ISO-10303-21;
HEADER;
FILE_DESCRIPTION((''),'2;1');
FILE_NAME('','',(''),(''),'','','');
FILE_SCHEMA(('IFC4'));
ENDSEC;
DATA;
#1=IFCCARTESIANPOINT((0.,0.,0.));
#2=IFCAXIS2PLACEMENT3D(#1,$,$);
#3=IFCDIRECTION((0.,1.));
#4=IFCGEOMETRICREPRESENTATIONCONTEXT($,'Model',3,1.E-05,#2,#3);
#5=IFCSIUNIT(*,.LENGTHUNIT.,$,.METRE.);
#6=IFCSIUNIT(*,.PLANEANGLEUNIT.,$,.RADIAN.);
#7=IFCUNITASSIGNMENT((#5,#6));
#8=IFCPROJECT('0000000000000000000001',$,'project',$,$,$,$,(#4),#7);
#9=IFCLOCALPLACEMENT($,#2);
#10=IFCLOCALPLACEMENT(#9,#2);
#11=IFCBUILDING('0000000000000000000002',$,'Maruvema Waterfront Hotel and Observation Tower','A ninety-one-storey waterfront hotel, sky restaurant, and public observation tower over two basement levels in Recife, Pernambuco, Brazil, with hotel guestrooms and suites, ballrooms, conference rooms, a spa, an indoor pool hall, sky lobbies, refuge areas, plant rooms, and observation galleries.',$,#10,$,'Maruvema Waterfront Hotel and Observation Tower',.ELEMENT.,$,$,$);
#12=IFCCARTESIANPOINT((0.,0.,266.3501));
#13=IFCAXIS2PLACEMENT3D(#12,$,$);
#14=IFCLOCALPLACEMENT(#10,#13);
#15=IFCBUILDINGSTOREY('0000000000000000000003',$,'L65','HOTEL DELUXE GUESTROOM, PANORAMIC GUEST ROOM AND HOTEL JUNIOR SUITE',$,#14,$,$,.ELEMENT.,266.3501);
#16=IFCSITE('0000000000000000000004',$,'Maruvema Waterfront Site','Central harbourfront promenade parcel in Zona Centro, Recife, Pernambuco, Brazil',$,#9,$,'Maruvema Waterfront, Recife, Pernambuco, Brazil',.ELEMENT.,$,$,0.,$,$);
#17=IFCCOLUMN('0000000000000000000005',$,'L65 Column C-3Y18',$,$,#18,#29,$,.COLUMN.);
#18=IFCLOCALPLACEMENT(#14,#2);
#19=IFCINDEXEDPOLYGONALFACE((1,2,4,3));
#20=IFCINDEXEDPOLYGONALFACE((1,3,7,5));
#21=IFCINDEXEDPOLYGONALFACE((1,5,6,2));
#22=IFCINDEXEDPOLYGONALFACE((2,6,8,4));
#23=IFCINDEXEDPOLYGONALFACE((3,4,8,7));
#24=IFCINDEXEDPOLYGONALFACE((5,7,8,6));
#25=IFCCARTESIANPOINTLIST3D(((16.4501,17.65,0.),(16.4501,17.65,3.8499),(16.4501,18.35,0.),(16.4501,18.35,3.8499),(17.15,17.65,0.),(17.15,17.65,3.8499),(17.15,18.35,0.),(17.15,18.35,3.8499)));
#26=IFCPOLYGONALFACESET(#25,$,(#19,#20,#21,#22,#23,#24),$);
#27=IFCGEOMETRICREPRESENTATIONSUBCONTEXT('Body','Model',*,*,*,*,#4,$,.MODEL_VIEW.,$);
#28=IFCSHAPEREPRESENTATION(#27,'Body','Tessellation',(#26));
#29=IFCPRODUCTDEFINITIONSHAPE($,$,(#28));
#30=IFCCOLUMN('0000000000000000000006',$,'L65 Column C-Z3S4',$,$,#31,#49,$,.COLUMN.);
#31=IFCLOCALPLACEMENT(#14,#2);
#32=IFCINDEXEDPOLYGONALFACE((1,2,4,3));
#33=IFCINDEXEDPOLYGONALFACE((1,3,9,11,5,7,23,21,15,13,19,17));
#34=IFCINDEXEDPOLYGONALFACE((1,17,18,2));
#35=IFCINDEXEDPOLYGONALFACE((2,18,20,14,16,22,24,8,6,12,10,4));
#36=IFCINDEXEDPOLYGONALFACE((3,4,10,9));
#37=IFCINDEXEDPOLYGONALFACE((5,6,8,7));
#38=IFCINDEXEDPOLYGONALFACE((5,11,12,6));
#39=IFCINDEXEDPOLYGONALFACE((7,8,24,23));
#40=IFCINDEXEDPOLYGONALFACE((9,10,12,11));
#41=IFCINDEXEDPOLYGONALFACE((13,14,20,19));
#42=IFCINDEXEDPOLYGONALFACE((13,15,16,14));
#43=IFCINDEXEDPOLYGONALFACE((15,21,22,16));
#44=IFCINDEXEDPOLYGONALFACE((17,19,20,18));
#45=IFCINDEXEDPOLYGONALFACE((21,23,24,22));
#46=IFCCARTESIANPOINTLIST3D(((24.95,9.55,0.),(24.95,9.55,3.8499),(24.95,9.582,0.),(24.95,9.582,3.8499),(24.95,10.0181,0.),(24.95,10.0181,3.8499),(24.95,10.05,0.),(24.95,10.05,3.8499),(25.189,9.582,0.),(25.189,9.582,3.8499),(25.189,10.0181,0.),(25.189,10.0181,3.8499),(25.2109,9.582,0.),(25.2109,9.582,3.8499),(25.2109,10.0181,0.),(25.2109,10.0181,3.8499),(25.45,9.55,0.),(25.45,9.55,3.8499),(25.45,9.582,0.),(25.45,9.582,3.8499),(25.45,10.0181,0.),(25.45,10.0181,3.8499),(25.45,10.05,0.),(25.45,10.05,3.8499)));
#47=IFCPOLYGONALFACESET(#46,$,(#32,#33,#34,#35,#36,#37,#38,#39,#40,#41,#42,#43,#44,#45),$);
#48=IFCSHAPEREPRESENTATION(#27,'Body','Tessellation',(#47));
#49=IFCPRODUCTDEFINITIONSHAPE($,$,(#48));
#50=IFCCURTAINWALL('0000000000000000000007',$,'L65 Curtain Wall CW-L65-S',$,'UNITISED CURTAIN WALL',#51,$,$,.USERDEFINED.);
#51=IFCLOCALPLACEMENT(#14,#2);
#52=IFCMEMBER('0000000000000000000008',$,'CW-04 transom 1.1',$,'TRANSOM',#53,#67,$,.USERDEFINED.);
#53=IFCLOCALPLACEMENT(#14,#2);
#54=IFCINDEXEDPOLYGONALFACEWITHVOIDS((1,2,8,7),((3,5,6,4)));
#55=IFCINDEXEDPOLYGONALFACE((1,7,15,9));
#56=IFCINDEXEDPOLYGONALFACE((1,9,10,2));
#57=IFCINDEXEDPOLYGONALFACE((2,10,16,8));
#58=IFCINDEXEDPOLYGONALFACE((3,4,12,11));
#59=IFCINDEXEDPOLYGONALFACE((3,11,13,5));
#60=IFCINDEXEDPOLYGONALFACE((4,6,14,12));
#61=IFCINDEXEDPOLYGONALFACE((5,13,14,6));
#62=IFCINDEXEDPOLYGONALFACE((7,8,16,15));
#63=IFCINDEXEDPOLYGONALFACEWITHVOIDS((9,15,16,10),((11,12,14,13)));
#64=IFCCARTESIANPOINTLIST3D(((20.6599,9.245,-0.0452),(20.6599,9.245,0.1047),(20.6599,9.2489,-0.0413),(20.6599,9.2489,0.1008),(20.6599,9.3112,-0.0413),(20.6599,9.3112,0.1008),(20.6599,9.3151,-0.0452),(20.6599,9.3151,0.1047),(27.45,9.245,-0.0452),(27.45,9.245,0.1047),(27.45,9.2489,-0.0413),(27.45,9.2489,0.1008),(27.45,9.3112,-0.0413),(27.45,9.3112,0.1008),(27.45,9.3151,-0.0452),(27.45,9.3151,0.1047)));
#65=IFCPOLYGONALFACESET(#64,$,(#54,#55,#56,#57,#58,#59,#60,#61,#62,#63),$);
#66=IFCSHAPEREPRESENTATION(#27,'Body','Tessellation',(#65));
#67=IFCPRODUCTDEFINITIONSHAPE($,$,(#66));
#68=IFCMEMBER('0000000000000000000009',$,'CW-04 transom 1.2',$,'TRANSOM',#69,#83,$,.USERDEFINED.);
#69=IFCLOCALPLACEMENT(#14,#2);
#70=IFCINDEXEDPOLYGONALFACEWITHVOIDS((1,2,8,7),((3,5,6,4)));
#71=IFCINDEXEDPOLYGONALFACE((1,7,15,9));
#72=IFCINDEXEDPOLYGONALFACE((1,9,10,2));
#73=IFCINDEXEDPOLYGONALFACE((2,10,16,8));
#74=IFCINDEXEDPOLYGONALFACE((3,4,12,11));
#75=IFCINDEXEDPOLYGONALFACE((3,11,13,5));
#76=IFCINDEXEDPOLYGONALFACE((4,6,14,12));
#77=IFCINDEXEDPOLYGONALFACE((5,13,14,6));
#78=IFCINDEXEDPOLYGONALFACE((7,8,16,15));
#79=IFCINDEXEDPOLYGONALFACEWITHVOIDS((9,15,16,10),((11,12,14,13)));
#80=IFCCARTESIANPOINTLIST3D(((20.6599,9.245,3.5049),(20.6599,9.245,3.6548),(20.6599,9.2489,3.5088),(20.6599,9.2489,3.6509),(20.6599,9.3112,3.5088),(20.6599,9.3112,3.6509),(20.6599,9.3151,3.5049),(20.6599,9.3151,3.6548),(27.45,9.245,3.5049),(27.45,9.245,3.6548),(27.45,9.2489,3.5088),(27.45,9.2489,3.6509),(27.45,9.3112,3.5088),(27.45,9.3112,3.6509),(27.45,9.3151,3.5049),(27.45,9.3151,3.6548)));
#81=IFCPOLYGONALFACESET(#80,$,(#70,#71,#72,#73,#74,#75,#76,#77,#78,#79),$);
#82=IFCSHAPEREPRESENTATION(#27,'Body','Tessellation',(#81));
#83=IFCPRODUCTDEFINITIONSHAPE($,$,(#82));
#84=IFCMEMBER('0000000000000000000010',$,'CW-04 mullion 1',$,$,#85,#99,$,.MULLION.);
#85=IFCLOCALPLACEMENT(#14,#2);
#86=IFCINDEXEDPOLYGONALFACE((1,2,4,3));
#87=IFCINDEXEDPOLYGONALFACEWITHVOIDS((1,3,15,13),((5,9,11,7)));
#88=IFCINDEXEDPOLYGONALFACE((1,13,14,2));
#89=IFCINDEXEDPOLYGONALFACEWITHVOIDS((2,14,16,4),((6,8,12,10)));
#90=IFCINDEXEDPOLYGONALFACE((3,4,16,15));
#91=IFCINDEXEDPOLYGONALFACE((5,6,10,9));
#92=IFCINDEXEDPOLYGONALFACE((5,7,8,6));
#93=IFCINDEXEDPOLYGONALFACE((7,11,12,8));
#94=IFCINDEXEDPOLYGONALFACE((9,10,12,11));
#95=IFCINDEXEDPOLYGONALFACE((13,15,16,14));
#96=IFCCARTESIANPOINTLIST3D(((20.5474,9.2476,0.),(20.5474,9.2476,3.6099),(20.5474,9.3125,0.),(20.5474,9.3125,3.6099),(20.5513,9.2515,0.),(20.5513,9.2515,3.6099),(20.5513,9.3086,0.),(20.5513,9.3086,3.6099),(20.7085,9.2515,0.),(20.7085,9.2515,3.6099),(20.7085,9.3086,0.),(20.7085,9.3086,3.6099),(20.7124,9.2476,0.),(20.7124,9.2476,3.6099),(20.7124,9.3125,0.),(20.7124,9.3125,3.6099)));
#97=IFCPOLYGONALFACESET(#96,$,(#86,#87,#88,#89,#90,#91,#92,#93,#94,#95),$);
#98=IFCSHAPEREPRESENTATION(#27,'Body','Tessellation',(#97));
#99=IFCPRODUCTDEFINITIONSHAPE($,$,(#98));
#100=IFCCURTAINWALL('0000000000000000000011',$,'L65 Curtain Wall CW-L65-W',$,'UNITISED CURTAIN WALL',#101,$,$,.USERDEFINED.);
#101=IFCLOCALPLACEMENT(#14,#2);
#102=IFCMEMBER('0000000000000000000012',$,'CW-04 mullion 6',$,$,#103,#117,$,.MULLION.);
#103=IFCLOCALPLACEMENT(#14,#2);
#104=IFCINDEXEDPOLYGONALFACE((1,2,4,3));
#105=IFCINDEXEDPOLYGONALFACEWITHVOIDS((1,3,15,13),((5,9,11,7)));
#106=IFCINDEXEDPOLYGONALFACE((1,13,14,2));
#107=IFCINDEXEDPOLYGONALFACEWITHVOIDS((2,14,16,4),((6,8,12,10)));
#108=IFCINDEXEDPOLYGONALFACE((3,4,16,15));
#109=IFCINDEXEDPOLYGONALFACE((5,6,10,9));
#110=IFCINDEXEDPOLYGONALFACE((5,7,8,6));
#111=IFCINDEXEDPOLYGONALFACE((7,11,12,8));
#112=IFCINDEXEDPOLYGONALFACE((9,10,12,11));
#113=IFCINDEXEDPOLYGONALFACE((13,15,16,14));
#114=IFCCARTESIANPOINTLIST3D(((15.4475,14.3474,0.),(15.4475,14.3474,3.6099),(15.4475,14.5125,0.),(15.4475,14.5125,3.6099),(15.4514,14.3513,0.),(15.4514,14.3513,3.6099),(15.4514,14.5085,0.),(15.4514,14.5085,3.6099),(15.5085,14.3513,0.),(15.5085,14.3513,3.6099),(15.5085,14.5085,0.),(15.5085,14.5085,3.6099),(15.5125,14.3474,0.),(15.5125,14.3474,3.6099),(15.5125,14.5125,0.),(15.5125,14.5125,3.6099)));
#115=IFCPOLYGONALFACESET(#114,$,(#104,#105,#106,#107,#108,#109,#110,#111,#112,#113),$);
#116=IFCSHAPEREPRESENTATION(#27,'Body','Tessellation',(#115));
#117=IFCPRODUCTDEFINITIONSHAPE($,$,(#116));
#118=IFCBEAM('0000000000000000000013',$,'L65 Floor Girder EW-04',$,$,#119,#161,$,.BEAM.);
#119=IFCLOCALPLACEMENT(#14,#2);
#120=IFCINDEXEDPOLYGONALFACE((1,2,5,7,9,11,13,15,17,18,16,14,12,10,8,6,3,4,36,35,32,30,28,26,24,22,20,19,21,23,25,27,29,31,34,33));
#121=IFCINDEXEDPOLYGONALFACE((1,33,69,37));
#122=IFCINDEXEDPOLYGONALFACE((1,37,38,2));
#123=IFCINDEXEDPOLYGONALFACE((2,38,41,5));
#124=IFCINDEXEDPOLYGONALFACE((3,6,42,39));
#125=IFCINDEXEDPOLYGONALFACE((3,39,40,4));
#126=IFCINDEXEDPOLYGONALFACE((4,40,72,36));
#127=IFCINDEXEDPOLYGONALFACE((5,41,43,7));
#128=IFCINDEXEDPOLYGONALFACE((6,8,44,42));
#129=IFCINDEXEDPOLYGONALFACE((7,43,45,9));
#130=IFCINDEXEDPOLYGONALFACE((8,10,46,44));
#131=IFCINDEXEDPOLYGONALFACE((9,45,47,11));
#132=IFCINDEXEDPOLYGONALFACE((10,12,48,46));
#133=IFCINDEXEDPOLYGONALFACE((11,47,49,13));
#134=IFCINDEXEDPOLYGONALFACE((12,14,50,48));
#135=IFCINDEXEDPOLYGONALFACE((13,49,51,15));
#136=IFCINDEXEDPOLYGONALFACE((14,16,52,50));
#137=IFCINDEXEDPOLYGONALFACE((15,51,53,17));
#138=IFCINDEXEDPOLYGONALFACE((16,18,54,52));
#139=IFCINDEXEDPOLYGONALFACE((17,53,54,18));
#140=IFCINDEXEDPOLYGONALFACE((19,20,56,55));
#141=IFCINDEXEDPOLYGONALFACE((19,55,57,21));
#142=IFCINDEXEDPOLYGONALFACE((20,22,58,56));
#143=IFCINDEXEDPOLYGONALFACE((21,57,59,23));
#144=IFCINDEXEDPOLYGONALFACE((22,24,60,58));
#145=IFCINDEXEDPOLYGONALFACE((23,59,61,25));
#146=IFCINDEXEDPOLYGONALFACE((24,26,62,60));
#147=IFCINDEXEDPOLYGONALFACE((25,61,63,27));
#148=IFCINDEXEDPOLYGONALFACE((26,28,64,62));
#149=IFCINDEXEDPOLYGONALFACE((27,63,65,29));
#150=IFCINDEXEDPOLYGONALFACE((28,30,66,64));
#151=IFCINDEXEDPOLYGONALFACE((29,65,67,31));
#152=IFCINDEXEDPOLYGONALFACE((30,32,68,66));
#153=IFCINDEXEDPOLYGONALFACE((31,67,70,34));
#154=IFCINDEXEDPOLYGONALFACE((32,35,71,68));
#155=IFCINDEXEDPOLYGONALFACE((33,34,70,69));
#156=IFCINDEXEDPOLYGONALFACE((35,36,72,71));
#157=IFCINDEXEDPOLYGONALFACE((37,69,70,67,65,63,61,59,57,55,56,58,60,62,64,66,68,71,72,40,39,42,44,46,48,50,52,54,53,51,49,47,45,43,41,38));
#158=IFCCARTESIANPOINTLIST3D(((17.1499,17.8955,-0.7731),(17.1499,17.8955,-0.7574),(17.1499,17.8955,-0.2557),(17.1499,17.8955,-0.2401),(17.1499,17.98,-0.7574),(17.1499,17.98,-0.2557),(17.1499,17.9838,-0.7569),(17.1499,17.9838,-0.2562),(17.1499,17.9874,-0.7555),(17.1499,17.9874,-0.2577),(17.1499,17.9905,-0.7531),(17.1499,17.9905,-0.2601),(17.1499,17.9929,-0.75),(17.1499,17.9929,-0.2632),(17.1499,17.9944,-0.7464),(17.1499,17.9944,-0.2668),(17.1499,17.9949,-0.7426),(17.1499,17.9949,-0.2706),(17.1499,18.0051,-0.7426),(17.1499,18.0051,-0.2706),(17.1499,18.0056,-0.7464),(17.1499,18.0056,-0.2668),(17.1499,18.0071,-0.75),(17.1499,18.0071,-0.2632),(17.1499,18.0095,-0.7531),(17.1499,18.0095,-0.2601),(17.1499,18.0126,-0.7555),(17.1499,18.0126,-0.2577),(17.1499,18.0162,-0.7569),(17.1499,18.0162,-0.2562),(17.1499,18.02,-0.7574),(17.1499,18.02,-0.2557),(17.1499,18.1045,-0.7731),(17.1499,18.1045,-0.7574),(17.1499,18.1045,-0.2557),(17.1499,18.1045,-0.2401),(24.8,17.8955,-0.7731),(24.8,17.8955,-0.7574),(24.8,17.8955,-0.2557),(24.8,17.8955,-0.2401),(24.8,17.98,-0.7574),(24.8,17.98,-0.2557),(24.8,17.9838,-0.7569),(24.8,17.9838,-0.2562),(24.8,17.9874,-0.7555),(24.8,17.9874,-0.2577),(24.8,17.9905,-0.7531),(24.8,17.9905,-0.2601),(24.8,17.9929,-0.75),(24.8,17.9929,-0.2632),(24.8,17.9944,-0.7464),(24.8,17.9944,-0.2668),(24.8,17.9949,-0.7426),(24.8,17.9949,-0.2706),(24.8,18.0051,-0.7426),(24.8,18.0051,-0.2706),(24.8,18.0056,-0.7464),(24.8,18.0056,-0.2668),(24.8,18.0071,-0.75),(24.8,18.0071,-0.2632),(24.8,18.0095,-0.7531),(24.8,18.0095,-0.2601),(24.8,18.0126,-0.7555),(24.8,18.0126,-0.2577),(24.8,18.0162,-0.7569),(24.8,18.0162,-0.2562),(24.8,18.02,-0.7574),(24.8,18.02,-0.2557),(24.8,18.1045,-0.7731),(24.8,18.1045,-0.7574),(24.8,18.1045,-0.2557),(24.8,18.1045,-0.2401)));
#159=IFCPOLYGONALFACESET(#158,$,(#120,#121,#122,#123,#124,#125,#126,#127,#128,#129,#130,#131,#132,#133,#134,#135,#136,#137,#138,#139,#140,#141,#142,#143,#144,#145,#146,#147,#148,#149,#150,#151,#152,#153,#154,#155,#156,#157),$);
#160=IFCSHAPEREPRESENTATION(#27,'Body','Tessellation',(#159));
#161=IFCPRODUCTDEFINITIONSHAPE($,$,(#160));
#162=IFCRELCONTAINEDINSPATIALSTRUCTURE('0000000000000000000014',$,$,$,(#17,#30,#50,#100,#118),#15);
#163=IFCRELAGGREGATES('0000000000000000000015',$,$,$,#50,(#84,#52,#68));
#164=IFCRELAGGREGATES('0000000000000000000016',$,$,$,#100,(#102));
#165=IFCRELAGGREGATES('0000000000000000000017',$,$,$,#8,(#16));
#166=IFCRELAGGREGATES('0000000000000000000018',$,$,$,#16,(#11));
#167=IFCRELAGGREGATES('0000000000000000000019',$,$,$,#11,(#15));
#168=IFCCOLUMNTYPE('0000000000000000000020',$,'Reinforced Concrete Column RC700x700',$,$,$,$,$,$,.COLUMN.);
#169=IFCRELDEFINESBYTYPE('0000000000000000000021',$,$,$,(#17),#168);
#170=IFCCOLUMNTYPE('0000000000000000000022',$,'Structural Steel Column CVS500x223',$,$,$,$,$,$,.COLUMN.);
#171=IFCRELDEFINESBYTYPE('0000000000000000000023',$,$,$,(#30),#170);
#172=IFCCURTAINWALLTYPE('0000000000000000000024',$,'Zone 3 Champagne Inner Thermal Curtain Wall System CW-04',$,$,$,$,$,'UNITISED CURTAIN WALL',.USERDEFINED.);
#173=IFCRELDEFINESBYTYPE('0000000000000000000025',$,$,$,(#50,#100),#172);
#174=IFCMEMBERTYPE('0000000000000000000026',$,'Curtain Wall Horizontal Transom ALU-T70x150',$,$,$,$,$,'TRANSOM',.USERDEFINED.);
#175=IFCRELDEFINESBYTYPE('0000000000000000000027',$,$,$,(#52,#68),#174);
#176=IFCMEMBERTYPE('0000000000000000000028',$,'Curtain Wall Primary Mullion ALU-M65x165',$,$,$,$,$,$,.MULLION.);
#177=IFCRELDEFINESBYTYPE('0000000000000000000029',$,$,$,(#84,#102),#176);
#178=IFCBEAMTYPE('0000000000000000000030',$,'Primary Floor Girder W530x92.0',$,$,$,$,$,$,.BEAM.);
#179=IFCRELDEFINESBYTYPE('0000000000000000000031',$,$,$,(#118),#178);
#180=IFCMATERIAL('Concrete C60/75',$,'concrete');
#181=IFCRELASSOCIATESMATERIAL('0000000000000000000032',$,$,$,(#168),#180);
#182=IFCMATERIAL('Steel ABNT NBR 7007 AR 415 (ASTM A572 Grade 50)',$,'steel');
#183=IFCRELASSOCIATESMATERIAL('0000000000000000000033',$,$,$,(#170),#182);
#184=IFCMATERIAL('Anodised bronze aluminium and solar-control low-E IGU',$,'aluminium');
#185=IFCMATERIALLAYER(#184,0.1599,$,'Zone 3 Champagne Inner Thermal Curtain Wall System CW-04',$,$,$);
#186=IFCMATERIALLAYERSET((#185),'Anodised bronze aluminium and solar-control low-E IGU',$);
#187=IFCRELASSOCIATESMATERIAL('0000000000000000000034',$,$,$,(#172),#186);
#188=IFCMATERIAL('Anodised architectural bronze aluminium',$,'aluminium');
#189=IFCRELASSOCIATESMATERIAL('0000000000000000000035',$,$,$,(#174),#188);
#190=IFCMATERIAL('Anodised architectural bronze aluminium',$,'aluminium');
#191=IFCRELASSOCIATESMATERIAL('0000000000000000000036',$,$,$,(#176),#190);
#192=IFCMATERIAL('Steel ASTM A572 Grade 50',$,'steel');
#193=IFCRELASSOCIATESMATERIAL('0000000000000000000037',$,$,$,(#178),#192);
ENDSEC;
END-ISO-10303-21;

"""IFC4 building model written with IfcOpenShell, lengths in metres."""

from ifc_helpers import new_model, si_unit, direction, frame, origin, origin_2d, place, context, subcontext, project, spatial, rectangle, hollow_rectangle, i_section, extrude, material, layer, layer_set, material_profile, profile_set, type_object, element, aggregate, save


model = new_model("IFC4")

# Units and contexts
model_context = context("Model", 3, precision=1e-05, world=origin(), true_north=direction((0.0, 1.0)))
body_context = subcontext(model_context, "Body", "Model", "MODEL_VIEW")
ifc_project = project(units=[si_unit("LENGTHUNIT", "METRE"), si_unit("PLANEANGLEUNIT", "RADIAN")], contexts=[model_context])

# Site, building, storey
site_placement = place(None, origin())
site = spatial("IfcSite", under=ifc_project, at=site_placement, Name="Maruvema Waterfront Site", Description="Central harbourfront promenade parcel in Zona Centro, Recife, Pernambuco, Brazil", LongName="Maruvema Waterfront, Recife, Pernambuco, Brazil", CompositionType="ELEMENT", RefElevation=0.0)
building_placement = place(site_placement, origin())
building = spatial("IfcBuilding", under=site, at=building_placement, Name="Maruvema Waterfront Hotel and Observation Tower", Description="A ninety-one-storey waterfront hotel, sky restaurant, and public observation tower over two basement levels in Recife, Pernambuco, Brazil, with hotel guestrooms and suites, ballrooms, conference rooms, a spa, an indoor pool hall, sky lobbies, refuge areas, plant rooms, and observation galleries.", LongName="Maruvema Waterfront Hotel and Observation Tower", CompositionType="ELEMENT")
storey_placement = place(building_placement, frame((0.0, 0.0, 266.3501)))
storey = spatial("IfcBuildingStorey", under=building, at=storey_placement, Name="L65", Description="HOTEL DELUXE GUESTROOM, PANORAMIC GUEST ROOM AND HOTEL JUNIOR SUITE", CompositionType="ELEMENT", Elevation=266.3501)

# Columns
ifc_material_1 = material(Name="Concrete C60/75", Category="concrete")
ifc_material_profile_1 = material_profile(ifc_material_1, rectangle(XDim=0.7, YDim=0.7, at=origin_2d()), Name="RC700x700")
ifc_profile_set_1 = profile_set([ifc_material_profile_1], Name="Concrete C60/75")
column_type_1 = type_object("IfcColumnType", Name="Reinforced Concrete Column RC700x700", PredefinedType="COLUMN", material=ifc_profile_set_1)
column_1_placement = place(storey_placement, frame((16.8, 18.0, 0.0), z_axis=(0.0, 0.0, 1.0), x_axis=(1.0, 0.0, 0.0)))
element("IfcColumn", 1, at=column_1_placement, inside=storey, type_object=column_type_1, Name="L65 Column C-3Y18", PredefinedType="COLUMN", context=body_context, shape_type="SweptSolid", body=[
    extrude(rectangle(XDim=0.7, YDim=0.7, at=origin_2d()), origin(), (0.0, 0.0, 1.0), 3.8499),
])
ifc_material_2 = material(Name="Steel ABNT NBR 7007 AR 415 (ASTM A572 Grade 50)", Category="steel")
ifc_material_profile_2 = material_profile(ifc_material_2, i_section(OverallWidth=0.5, OverallDepth=0.5, WebThickness=0.022, FlangeThickness=0.032, at=origin_2d()), Name="CVS500x223")
ifc_profile_set_2 = profile_set([ifc_material_profile_2], Name="Steel ABNT NBR 7007 AR 415 (ASTM A572 Grade 50)")
column_type_2 = type_object("IfcColumnType", Name="Structural Steel Column CVS500x223", PredefinedType="COLUMN", material=ifc_profile_set_2)
column_2_placement = place(storey_placement, frame((25.2, 9.8, 0.0), z_axis=(0.0, 0.0, 1.0), x_axis=(1.0, 0.0, 0.0)))
element("IfcColumn", 2, at=column_2_placement, inside=storey, type_object=column_type_2, Name="L65 Column C-Z3S4", PredefinedType="COLUMN", context=body_context, shape_type="SweptSolid", body=[
    extrude(i_section(OverallWidth=0.5, OverallDepth=0.5, WebThickness=0.022, FlangeThickness=0.032, at=origin_2d()), origin(), (0.0, 0.0, 1.0), 3.8499),
])

# Curtain wall, members
ifc_material_3 = material(Name="Anodised bronze aluminium and solar-control low-E IGU", Category="aluminium")
ifc_layer_1 = layer(ifc_material_3, 0.1599, Name="Zone 3 Champagne Inner Thermal Curtain Wall System CW-04")
ifc_layer_set_1 = layer_set([ifc_layer_1], Name="Anodised bronze aluminium and solar-control low-E IGU")
curtain_wall_type = type_object("IfcCurtainWallType", Name="Zone 3 Champagne Inner Thermal Curtain Wall System CW-04", ElementType="UNITISED CURTAIN WALL", PredefinedType="USERDEFINED", material=ifc_layer_set_1)
curtain_wall_1_placement = place(storey_placement, origin())
curtain_wall_1 = element("IfcCurtainWall", 3, at=curtain_wall_1_placement, inside=storey, type_object=curtain_wall_type, Name="L65 Curtain Wall CW-L65-S", ObjectType="UNITISED CURTAIN WALL", PredefinedType="USERDEFINED")
ifc_material_4 = material(Name="Anodised architectural bronze aluminium", Category="aluminium")
ifc_material_profile_3 = material_profile(ifc_material_4, hollow_rectangle(XDim=0.0701, YDim=0.1499, WallThickness=0.0039, at=origin_2d()), Name="ALU-T70x150")
ifc_profile_set_3 = profile_set([ifc_material_profile_3], Name="Anodised architectural bronze aluminium")
member_type_1 = type_object("IfcMemberType", Name="Curtain Wall Horizontal Transom ALU-T70x150", ElementType="TRANSOM", PredefinedType="USERDEFINED", material=ifc_profile_set_3)
member_1_placement = place(storey_placement, frame((20.6599, 9.28, 0.0298), z_axis=(1.0, 0.0, 0.0), x_axis=(0.0, 1.0, 0.0)))
member_1 = element("IfcMember", 4, at=member_1_placement, type_object=member_type_1, Name="CW-04 transom 1.1", ObjectType="TRANSOM", PredefinedType="USERDEFINED", context=body_context, shape_type="SweptSolid", body=[
    extrude(hollow_rectangle(XDim=0.0701, YDim=0.1499, WallThickness=0.0039, at=origin_2d()), origin(), (0.0, 0.0, 1.0), 6.79),
])
member_2_placement = place(storey_placement, frame((20.6599, 9.28, 3.5798), z_axis=(1.0, 0.0, 0.0), x_axis=(0.0, 1.0, 0.0)))
member_2 = element("IfcMember", 5, at=member_2_placement, type_object=member_type_1, Name="CW-04 transom 1.2", ObjectType="TRANSOM", PredefinedType="USERDEFINED", context=body_context, shape_type="SweptSolid", body=[
    extrude(hollow_rectangle(XDim=0.0701, YDim=0.1499, WallThickness=0.0039, at=origin_2d()), origin(), (0.0, 0.0, 1.0), 6.79),
])
ifc_material_5 = material(Name="Anodised architectural bronze aluminium", Category="aluminium")
ifc_material_profile_4 = material_profile(ifc_material_5, hollow_rectangle(XDim=0.0649, YDim=0.165, WallThickness=0.0039, at=origin_2d()), Name="ALU-M65x165")
ifc_profile_set_4 = profile_set([ifc_material_profile_4], Name="Anodised architectural bronze aluminium")
member_type_2 = type_object("IfcMemberType", Name="Curtain Wall Primary Mullion ALU-M65x165", PredefinedType="MULLION", material=ifc_profile_set_4)
member_3_placement = place(storey_placement, frame((20.6299, 9.28, 0.0), z_axis=(0.0, 0.0, 1.0), x_axis=(0.0, 1.0, 0.0)))
member_3 = element("IfcMember", 6, at=member_3_placement, type_object=member_type_2, Name="CW-04 mullion 1", PredefinedType="MULLION", context=body_context, shape_type="SweptSolid", body=[
    extrude(hollow_rectangle(XDim=0.0649, YDim=0.165, WallThickness=0.0039, at=origin_2d()), origin(), (0.0, 0.0, 1.0), 3.6099),
])

# Curtain wall, member
curtain_wall_2_placement = place(storey_placement, origin())
curtain_wall_2 = element("IfcCurtainWall", 7, at=curtain_wall_2_placement, inside=storey, type_object=curtain_wall_type, Name="L65 Curtain Wall CW-L65-W", ObjectType="UNITISED CURTAIN WALL", PredefinedType="USERDEFINED")
member_4_placement = place(storey_placement, frame((15.48, 14.4299, 0.0), z_axis=(0.0, 0.0, 1.0), x_axis=(1.0, 0.0, 0.0)))
member_4 = element("IfcMember", 8, at=member_4_placement, type_object=member_type_2, Name="CW-04 mullion 6", PredefinedType="MULLION", context=body_context, shape_type="SweptSolid", body=[
    extrude(hollow_rectangle(XDim=0.0649, YDim=0.165, WallThickness=0.0039, at=origin_2d()), origin(), (0.0, 0.0, 1.0), 3.6099),
])

# Beam
ifc_material_6 = material(Name="Steel ASTM A572 Grade 50", Category="steel")
ifc_material_profile_5 = material_profile(ifc_material_6, i_section(OverallWidth=0.209, OverallDepth=0.533, WebThickness=0.0103, FlangeThickness=0.0156, FilletRadius=0.0149, at=origin_2d()), Name="W530x92.0")
ifc_profile_set_5 = profile_set([ifc_material_profile_5], Name="Steel ASTM A572 Grade 50")
beam_type_1 = type_object("IfcBeamType", Name="Primary Floor Girder W530x92.0", PredefinedType="BEAM", material=ifc_profile_set_5)
beam_1_placement = place(storey_placement, frame((17.1499, 18.0, -0.5066), z_axis=(1.0, 0.0, 0.0), x_axis=(0.0, 1.0, 0.0)))
element("IfcBeam", 9, at=beam_1_placement, inside=storey, type_object=beam_type_1, Name="L65 Floor Girder EW-04", PredefinedType="BEAM", context=body_context, shape_type="SweptSolid", body=[
    extrude(i_section(OverallWidth=0.209, OverallDepth=0.533, WebThickness=0.0103, FlangeThickness=0.0156, FilletRadius=0.0149, at=origin_2d()), origin(), (0.0, 0.0, 1.0), 7.6501),
])

aggregate(curtain_wall_1, [member_3, member_1, member_2])
aggregate(curtain_wall_2, [member_4])

save(model, "model.ifc")
